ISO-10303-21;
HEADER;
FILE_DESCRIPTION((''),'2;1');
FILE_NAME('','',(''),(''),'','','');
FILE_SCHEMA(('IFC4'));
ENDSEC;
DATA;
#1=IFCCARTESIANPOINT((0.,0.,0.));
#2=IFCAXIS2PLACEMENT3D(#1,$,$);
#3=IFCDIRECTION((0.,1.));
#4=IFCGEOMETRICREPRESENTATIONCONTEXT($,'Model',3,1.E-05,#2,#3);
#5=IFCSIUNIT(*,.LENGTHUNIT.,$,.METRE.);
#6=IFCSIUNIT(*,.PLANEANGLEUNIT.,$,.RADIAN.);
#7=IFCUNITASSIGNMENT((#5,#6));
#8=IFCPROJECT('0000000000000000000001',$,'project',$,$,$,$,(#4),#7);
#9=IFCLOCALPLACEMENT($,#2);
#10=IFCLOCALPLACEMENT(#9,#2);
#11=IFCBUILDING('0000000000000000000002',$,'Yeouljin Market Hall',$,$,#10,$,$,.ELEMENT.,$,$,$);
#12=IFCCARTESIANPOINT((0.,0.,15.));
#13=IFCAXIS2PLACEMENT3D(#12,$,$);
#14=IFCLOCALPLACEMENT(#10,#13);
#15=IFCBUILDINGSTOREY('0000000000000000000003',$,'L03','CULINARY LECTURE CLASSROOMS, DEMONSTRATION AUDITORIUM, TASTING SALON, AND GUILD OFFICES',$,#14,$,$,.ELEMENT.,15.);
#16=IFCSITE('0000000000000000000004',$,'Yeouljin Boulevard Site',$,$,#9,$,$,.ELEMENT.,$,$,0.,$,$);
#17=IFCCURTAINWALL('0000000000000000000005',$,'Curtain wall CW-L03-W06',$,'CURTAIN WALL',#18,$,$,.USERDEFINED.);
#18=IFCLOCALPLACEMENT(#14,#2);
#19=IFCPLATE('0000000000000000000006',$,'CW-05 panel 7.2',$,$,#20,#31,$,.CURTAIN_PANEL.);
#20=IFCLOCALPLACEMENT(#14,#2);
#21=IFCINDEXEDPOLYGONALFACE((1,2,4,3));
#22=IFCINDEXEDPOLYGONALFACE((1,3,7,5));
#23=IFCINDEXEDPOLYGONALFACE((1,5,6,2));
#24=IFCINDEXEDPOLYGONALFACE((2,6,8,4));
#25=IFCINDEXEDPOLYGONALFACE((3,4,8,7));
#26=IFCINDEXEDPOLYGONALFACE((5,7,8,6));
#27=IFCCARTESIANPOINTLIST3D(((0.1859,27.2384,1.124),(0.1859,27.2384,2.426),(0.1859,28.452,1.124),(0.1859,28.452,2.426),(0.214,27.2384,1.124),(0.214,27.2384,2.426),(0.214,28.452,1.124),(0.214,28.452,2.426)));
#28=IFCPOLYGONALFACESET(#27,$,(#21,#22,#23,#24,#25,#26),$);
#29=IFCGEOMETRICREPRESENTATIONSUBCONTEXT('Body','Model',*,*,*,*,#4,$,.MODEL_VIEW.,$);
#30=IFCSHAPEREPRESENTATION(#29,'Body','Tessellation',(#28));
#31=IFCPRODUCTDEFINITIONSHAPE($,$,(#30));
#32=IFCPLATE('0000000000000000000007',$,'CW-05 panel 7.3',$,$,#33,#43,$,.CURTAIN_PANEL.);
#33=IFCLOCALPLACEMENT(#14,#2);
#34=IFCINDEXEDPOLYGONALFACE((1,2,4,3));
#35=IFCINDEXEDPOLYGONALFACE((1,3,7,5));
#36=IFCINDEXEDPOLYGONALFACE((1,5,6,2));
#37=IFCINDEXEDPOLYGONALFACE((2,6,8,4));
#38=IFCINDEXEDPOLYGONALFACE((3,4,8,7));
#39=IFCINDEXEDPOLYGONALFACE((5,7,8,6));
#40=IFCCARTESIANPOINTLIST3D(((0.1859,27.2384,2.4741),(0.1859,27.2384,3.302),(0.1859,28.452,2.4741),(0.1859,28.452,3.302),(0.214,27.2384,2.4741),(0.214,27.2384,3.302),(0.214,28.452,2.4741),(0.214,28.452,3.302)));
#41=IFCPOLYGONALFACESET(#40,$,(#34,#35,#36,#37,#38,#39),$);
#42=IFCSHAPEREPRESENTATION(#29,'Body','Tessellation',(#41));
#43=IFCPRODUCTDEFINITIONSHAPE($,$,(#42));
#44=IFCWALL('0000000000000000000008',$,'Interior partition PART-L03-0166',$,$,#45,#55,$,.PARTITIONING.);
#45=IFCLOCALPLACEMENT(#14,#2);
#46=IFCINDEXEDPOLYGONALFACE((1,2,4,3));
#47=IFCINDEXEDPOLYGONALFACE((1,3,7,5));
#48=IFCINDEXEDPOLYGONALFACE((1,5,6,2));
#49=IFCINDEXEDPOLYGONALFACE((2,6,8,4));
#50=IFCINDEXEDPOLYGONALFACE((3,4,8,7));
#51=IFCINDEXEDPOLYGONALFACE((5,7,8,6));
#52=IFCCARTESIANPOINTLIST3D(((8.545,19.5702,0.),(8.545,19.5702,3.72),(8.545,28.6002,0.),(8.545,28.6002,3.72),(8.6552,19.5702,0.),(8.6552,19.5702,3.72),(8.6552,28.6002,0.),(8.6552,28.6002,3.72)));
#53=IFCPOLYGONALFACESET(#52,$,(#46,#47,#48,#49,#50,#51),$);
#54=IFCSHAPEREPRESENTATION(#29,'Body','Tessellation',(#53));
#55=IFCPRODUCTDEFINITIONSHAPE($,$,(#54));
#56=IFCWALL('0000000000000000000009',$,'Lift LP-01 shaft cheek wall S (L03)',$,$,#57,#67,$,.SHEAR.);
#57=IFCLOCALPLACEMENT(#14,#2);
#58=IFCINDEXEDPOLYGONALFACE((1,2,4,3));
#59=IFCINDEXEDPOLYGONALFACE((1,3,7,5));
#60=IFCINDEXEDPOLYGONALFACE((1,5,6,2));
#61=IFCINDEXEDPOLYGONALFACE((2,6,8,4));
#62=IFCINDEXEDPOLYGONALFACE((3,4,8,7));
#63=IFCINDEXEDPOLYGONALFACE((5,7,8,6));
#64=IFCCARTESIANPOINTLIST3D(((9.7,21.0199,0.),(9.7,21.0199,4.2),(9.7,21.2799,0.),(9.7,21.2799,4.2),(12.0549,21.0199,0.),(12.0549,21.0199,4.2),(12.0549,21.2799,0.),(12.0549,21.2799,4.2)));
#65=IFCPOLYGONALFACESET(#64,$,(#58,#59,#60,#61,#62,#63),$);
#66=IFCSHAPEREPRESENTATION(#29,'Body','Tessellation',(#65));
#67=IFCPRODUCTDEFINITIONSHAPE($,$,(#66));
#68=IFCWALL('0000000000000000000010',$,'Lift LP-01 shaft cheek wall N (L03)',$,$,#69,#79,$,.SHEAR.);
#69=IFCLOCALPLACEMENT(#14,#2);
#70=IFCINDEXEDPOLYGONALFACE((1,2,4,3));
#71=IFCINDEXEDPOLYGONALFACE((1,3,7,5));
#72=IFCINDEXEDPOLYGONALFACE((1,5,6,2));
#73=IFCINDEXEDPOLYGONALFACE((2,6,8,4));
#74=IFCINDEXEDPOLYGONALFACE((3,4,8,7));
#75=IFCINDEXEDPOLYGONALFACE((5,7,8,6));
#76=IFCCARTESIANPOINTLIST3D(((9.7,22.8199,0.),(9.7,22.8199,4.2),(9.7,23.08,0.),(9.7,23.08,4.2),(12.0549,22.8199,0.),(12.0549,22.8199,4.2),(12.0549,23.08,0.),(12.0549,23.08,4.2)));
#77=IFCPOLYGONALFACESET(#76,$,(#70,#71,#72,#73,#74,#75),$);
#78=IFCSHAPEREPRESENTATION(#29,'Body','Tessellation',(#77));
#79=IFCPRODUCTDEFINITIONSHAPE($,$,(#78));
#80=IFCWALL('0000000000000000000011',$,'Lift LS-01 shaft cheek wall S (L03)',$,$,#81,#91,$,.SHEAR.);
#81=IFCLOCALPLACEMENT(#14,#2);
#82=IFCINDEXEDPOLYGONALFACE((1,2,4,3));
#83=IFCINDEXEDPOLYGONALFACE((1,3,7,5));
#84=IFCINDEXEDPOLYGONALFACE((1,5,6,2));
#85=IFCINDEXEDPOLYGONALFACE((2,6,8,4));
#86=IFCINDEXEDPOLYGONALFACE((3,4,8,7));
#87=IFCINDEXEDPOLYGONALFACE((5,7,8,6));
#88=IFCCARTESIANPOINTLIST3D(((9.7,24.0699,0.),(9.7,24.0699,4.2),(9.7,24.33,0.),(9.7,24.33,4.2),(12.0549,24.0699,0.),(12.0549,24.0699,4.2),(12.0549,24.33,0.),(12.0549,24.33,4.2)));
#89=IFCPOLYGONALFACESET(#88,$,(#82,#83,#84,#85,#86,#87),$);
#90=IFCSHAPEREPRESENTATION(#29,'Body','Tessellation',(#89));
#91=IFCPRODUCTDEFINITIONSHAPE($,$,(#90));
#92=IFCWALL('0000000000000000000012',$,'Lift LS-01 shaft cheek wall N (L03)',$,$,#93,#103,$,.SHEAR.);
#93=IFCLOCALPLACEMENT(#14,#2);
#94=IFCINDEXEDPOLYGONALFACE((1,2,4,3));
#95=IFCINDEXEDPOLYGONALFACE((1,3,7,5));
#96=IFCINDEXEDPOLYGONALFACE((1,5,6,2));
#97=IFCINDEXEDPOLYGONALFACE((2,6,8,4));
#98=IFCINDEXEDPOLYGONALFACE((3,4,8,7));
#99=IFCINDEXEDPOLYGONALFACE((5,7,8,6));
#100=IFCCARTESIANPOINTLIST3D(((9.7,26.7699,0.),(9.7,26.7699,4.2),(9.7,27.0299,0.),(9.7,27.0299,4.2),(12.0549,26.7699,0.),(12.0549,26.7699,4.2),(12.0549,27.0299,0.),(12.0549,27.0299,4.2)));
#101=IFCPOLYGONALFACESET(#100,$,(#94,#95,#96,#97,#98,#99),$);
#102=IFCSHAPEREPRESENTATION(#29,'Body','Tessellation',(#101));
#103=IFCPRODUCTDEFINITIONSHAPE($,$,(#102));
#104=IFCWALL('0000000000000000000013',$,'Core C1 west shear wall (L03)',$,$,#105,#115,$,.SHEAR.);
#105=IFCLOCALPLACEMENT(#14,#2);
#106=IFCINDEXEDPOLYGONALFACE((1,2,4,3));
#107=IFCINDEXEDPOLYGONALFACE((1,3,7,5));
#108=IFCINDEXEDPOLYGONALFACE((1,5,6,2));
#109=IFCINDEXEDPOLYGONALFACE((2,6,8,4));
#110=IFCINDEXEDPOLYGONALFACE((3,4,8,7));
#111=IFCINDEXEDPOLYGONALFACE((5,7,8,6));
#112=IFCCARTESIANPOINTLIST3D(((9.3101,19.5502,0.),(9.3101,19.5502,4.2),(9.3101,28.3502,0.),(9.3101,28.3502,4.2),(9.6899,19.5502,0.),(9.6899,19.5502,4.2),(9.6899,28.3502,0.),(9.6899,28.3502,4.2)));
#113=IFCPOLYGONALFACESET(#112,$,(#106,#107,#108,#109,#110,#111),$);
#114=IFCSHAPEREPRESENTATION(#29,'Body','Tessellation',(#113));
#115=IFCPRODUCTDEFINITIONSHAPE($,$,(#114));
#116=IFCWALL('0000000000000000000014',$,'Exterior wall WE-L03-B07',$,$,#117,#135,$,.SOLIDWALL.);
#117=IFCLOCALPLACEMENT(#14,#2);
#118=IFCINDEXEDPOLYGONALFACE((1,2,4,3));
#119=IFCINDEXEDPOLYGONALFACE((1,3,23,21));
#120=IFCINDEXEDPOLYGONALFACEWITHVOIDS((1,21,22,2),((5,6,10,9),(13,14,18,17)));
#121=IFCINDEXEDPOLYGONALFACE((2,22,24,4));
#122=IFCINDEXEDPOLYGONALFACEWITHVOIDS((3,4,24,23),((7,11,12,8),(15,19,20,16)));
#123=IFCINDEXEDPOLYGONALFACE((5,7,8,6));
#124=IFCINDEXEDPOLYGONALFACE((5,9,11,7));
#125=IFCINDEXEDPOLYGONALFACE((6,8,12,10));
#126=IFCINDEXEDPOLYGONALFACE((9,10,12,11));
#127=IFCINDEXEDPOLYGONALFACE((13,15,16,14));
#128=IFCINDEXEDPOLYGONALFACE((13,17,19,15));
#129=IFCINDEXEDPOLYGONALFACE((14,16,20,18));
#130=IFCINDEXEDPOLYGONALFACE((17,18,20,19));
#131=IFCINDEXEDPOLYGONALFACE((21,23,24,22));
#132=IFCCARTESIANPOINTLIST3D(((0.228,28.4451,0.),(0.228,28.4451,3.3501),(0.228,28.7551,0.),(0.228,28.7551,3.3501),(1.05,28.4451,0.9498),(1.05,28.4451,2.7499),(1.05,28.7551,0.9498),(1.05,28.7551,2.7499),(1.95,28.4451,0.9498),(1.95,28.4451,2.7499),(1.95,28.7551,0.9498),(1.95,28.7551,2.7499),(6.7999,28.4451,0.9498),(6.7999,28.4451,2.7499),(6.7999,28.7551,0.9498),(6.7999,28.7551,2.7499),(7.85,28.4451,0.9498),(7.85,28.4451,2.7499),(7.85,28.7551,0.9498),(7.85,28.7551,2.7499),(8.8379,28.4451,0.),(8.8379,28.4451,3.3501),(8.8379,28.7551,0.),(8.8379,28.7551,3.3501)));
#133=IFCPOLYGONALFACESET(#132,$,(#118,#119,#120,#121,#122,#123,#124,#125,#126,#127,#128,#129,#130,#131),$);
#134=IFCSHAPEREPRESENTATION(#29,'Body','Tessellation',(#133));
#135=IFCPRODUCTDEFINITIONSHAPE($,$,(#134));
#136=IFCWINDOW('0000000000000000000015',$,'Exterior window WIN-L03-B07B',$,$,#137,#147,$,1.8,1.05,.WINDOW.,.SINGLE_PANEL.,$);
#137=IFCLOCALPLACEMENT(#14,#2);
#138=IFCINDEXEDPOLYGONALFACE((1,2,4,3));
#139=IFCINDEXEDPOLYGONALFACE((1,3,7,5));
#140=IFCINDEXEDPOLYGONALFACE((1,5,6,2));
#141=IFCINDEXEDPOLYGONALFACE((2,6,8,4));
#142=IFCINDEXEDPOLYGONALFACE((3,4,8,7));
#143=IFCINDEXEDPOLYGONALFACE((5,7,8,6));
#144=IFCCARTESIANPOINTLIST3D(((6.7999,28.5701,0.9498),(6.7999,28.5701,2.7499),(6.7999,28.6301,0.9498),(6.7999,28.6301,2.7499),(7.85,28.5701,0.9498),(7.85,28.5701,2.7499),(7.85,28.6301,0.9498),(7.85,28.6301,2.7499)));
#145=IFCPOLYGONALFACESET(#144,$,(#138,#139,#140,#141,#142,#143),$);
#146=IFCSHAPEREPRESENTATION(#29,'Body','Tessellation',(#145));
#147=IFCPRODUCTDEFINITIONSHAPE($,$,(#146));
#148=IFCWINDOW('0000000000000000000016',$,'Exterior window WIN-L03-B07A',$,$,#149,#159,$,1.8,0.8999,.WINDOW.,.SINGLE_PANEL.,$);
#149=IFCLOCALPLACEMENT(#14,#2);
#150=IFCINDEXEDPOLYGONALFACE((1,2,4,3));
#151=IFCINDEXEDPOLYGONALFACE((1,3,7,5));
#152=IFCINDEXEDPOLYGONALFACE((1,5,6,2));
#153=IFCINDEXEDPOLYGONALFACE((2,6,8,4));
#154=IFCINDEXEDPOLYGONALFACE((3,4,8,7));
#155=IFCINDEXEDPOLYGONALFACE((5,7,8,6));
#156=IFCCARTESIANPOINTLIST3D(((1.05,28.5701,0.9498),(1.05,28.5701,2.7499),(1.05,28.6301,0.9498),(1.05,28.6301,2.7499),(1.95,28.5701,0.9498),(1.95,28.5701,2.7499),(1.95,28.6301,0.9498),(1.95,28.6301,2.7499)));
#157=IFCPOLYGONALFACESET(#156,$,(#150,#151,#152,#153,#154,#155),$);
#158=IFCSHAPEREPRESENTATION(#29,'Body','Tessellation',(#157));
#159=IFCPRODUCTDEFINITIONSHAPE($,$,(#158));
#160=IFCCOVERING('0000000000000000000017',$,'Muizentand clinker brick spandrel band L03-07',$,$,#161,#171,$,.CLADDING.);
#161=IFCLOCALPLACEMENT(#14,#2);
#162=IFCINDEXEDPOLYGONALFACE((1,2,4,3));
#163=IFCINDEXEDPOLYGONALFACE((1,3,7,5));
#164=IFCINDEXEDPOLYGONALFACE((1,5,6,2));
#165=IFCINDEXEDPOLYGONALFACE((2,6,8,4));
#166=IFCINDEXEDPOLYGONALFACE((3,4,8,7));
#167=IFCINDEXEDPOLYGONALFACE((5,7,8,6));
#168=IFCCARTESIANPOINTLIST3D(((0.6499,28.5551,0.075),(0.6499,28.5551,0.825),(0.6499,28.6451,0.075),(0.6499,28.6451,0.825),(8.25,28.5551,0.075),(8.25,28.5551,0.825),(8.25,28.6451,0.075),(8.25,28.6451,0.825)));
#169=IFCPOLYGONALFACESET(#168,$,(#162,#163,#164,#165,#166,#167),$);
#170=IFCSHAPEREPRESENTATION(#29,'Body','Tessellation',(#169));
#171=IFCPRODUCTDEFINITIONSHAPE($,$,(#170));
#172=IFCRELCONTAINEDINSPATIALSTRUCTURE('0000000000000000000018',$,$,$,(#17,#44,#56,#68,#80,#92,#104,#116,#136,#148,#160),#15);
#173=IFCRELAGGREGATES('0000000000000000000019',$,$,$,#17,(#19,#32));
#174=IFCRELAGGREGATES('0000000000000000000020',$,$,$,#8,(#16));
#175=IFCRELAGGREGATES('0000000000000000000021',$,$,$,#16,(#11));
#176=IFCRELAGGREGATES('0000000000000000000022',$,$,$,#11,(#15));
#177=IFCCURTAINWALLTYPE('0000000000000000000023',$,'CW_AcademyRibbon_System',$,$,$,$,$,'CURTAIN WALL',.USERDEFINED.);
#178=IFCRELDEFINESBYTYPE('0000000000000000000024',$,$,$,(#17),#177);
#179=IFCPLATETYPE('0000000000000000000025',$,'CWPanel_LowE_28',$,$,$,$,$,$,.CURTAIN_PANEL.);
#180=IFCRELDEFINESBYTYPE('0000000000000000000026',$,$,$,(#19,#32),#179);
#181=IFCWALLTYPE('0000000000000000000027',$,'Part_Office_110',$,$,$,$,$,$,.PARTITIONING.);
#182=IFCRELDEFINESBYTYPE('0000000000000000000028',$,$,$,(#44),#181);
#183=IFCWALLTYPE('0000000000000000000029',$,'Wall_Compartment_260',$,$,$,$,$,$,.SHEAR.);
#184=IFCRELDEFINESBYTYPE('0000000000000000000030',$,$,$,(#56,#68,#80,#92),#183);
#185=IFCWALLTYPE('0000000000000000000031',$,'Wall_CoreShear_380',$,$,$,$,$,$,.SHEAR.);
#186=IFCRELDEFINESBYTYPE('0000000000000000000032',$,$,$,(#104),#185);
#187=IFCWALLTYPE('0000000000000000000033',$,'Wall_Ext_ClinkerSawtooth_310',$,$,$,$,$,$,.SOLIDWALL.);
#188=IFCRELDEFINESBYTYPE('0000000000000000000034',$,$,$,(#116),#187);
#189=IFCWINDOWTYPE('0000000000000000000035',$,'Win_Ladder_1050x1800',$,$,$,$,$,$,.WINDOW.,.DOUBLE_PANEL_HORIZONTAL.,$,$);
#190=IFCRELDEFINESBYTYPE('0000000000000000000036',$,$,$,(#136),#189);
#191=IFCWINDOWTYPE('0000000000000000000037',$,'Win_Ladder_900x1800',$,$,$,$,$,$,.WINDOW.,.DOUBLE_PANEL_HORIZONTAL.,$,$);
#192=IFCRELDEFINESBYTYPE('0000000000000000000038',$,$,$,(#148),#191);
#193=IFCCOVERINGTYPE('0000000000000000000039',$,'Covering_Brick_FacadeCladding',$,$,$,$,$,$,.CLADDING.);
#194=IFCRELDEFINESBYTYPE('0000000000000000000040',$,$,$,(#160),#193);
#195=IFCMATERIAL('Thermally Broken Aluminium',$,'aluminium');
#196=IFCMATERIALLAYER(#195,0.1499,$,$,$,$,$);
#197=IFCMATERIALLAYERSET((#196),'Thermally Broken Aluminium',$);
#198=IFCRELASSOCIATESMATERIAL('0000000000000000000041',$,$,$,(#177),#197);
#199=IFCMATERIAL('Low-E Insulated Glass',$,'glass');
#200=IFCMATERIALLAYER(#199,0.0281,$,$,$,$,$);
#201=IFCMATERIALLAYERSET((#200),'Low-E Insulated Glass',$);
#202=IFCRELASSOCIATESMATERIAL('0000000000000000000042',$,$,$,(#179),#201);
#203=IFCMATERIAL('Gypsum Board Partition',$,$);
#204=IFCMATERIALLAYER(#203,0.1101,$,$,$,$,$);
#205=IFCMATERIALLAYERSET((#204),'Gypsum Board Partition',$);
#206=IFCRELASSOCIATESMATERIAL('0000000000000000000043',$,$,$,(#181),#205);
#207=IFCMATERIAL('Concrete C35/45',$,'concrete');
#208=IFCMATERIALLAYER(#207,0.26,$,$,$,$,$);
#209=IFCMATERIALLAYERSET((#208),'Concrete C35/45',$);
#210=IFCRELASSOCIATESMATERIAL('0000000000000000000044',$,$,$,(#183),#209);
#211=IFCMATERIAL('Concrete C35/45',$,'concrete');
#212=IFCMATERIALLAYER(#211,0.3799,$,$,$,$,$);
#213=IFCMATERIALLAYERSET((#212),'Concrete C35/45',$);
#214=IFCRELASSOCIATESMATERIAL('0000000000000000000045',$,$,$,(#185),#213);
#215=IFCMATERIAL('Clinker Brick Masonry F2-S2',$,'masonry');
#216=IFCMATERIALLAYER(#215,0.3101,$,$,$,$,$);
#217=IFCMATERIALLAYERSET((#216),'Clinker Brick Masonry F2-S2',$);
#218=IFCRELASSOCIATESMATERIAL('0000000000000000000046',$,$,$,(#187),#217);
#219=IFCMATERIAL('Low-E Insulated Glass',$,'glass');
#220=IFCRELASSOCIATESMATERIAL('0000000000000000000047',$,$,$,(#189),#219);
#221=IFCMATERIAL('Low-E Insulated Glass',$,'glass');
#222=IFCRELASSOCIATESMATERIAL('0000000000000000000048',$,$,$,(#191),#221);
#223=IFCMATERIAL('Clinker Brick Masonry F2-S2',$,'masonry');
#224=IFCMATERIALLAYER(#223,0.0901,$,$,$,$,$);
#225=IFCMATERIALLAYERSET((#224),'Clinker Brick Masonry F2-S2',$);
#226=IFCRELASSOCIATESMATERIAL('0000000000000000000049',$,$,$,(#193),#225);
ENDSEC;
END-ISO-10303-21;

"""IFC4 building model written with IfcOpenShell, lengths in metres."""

from ifc_helpers import new_model, si_unit, direction, frame, frame_2d, origin, origin_2d, place, context, subcontext, project, spatial, rectangle, extrude, material, layer, layer_set, type_object, element, fill, aggregate, save


model = new_model("IFC4")

# Units and contexts
model_context = context("Model", 3, precision=1e-05, world=origin(), true_north=direction((0.0, 1.0)))
body_context = subcontext(model_context, "Body", "Model", "MODEL_VIEW")
ifc_project = project(units=[si_unit("LENGTHUNIT", "METRE"), si_unit("PLANEANGLEUNIT", "RADIAN")], contexts=[model_context])

# Site, building, storey
site_placement = place(None, origin())
site = spatial("IfcSite", under=ifc_project, at=site_placement, Name="Yeouljin Boulevard Site", CompositionType="ELEMENT", RefElevation=0.0)
building_placement = place(site_placement, origin())
building = spatial("IfcBuilding", under=site, at=building_placement, Name="Yeouljin Market Hall", CompositionType="ELEMENT")
storey_placement = place(building_placement, frame((0.0, 0.0, 15.0)))
storey = spatial("IfcBuildingStorey", under=building, at=storey_placement, Name="L03", Description="CULINARY LECTURE CLASSROOMS, DEMONSTRATION AUDITORIUM, TASTING SALON, AND GUILD OFFICES", CompositionType="ELEMENT", Elevation=15.0)

# Curtain wall
ifc_material_1 = material(Name="Thermally Broken Aluminium", Category="aluminium")
ifc_layer_1 = layer(ifc_material_1, 0.1499)
ifc_layer_set_1 = layer_set([ifc_layer_1], Name="Thermally Broken Aluminium")
curtain_wall_type = type_object("IfcCurtainWallType", Name="CW_AcademyRibbon_System", ElementType="CURTAIN WALL", PredefinedType="USERDEFINED", material=ifc_layer_set_1)
curtain_wall_1_placement = place(storey_placement, origin())
curtain_wall_1 = element("IfcCurtainWall", 1, at=curtain_wall_1_placement, inside=storey, type_object=curtain_wall_type, Name="Curtain wall CW-L03-W06", ObjectType="CURTAIN WALL", PredefinedType="USERDEFINED")

# Plates
ifc_material_2 = material(Name="Low-E Insulated Glass", Category="glass")
ifc_layer_2 = layer(ifc_material_2, 0.0281)
ifc_layer_set_2 = layer_set([ifc_layer_2], Name="Low-E Insulated Glass")
plate_type_1 = type_object("IfcPlateType", Name="CWPanel_LowE_28", PredefinedType="CURTAIN_PANEL", material=ifc_layer_set_2)
plate_1_placement = place(storey_placement, frame((0.2, 27.8452, 1.124), z_axis=(0.0, 0.0, 1.0), x_axis=(0.0, 1.0, 0.0)))
plate_1 = element("IfcPlate", 2, at=plate_1_placement, type_object=plate_type_1, Name="CW-05 panel 7.2", PredefinedType="CURTAIN_PANEL", context=body_context, shape_type="SweptSolid", body=[
    extrude(rectangle(XDim=1.2136, YDim=0.0281, at=origin_2d()), origin(), (0.0, 0.0, 1.0), 1.302),
])
plate_2_placement = place(storey_placement, frame((0.2, 27.8452, 2.4741), z_axis=(0.0, 0.0, 1.0), x_axis=(0.0, 1.0, 0.0)))
plate_2 = element("IfcPlate", 3, at=plate_2_placement, type_object=plate_type_1, Name="CW-05 panel 7.3", PredefinedType="CURTAIN_PANEL", context=body_context, shape_type="SweptSolid", body=[
    extrude(rectangle(XDim=1.2136, YDim=0.0281, at=origin_2d()), origin(), (0.0, 0.0, 1.0), 0.8279),
])
aggregate(curtain_wall_1, [plate_1, plate_2])

# Walls
ifc_material_3 = material(Name="Gypsum Board Partition")
ifc_layer_3 = layer(ifc_material_3, 0.1101)
ifc_layer_set_3 = layer_set([ifc_layer_3], Name="Gypsum Board Partition")
wall_type_1 = type_object("IfcWallType", Name="Part_Office_110", PredefinedType="PARTITIONING", material=ifc_layer_set_3)
wall_1_placement = place(storey_placement, frame((8.6001, 19.5701, 0.0), z_axis=(0.0, 0.0, 1.0), x_axis=(0.0, 1.0, 0.0)))
element("IfcWall", 4, at=wall_1_placement, inside=storey, type_object=wall_type_1, Name="Interior partition PART-L03-0166", PredefinedType="PARTITIONING", context=body_context, shape_type="SweptSolid", body=[
    extrude(rectangle(XDim=9.03, YDim=0.1101, at=frame_2d((4.5151, 0.0))), origin(), (0.0, 0.0, 1.0), 3.72),
])
ifc_material_4 = material(Name="Concrete C35/45", Category="concrete")
ifc_layer_4 = layer(ifc_material_4, 0.26)
ifc_layer_set_4 = layer_set([ifc_layer_4], Name="Concrete C35/45")
wall_type_2 = type_object("IfcWallType", Name="Wall_Compartment_260", PredefinedType="SHEAR", material=ifc_layer_set_4)
for number, where, z_axis, x_axis, name in (
    (5, (9.7, 21.1499, 0.0), (0.0, 0.0, 1.0), (1.0, 0.0, 0.0), "Lift LP-01 shaft cheek wall S (L03)"),
    (6, (9.7, 22.95, 0.0), (0.0, 0.0, 1.0), (1.0, 0.0, 0.0), "Lift LP-01 shaft cheek wall N (L03)"),
    (7, (9.7, 24.2, 0.0), (0.0, 0.0, 1.0), (1.0, 0.0, 0.0), "Lift LS-01 shaft cheek wall S (L03)"),
    (8, (9.7, 26.8999, 0.0), (0.0, 0.0, 1.0), (1.0, 0.0, 0.0), "Lift LS-01 shaft cheek wall N (L03)"),
):
    element("IfcWall", number, at=place(storey_placement, frame(where, z_axis=z_axis, x_axis=x_axis)), inside=storey, type_object=wall_type_2, Name=name, PredefinedType="SHEAR", context=body_context, shape_type="SweptSolid", body=[
        extrude(rectangle(XDim=2.355, YDim=0.26, at=frame_2d((1.1775, 0.0))), origin(), (0.0, 0.0, 1.0), 4.2),
    ])

# Shared definitions
ifc_material_5 = material(Name="Concrete C35/45", Category="concrete")
ifc_layer_5 = layer(ifc_material_5, 0.3799)
ifc_layer_set_5 = layer_set([ifc_layer_5], Name="Concrete C35/45")
wall_type_3 = type_object("IfcWallType", Name="Wall_CoreShear_380", PredefinedType="SHEAR", material=ifc_layer_set_5)

# Wall
wall_2_placement = place(storey_placement, frame((9.5, 28.3501, 0.0), z_axis=(0.0, 0.0, 1.0), x_axis=(0.0, -1.0, 0.0)))
element("IfcWall", 9, at=wall_2_placement, inside=storey, type_object=wall_type_3, Name="Core C1 west shear wall (L03)", PredefinedType="SHEAR", context=body_context, shape_type="SweptSolid", body=[
    extrude(rectangle(XDim=8.8, YDim=0.3799, at=frame_2d((4.3999, 0.0))), origin(), (0.0, 0.0, 1.0), 4.2),
])

# Wall, openings, windows
ifc_material_6 = material(Name="Clinker Brick Masonry F2-S2", Category="masonry")
ifc_layer_6 = layer(ifc_material_6, 0.3101)
ifc_layer_set_6 = layer_set([ifc_layer_6], Name="Clinker Brick Masonry F2-S2")
wall_type_4 = type_object("IfcWallType", Name="Wall_Ext_ClinkerSawtooth_310", PredefinedType="SOLIDWALL", material=ifc_layer_set_6)
wall_3_placement = place(storey_placement, frame((0.228, 28.6001, 0.0), z_axis=(0.0, 0.0, 1.0), x_axis=(1.0, 0.0, 0.0)))
wall_3 = element("IfcWall", 10, at=wall_3_placement, inside=storey, type_object=wall_type_4, Name="Exterior wall WE-L03-B07", PredefinedType="SOLIDWALL", context=body_context, shape_type="SweptSolid", body=[
    extrude(rectangle(XDim=8.6099, YDim=0.3101, at=frame_2d((4.3049, 0.0))), origin(), (0.0, 0.0, 1.0), 3.3501),
])
opening_1_placement = place(wall_3_placement, frame((0.822, 0.0, 0.95)))
opening_1 = element("IfcOpeningElement", 11, at=opening_1_placement, cuts=wall_3, PredefinedType="OPENING", context=body_context, shape_type="SweptSolid", body=[
    extrude(rectangle(XDim=0.8999, YDim=1.8, at=frame_2d((0.45, 0.8999))), frame((0.0, 0.165, 0.0), z_axis=(0.0, -1.0, 0.0), x_axis=(1.0, 0.0, 0.0)), (0.0, 0.0, 1.0), 0.3301),
])
opening_2_placement = place(wall_3_placement, frame((6.572, 0.0, 0.95)))
opening_2 = element("IfcOpeningElement", 12, at=opening_2_placement, cuts=wall_3, PredefinedType="OPENING", context=body_context, shape_type="SweptSolid", body=[
    extrude(rectangle(XDim=1.05, YDim=1.8, at=frame_2d((0.5249, 0.8999))), frame((0.0, 0.165, 0.0), z_axis=(0.0, -1.0, 0.0), x_axis=(1.0, 0.0, 0.0)), (0.0, 0.0, 1.0), 0.3301),
])
ifc_material_7 = material(Name="Low-E Insulated Glass", Category="glass")
window_type_1 = type_object("IfcWindowType", Name="Win_Ladder_1050x1800", PartitioningType="DOUBLE_PANEL_HORIZONTAL", PredefinedType="WINDOW", material=ifc_material_7)
window_1_placement = place(opening_2_placement, origin())
window_1 = element("IfcWindow", 13, at=window_1_placement, inside=storey, type_object=window_type_1, Name="Exterior window WIN-L03-B07B", OverallHeight=1.8, OverallWidth=1.05, PartitioningType="SINGLE_PANEL", PredefinedType="WINDOW", context=body_context, shape_type="SweptSolid", body=[
    extrude(rectangle(XDim=1.05, YDim=1.8, at=frame_2d((0.5249, 0.8999))), frame((0.0, 0.03, 0.0), z_axis=(0.0, -1.0, 0.0), x_axis=(1.0, 0.0, 0.0)), (0.0, 0.0, 1.0), 0.0601),
])
fill(opening_2, window_1)
ifc_material_8 = material(Name="Low-E Insulated Glass", Category="glass")
window_type_2 = type_object("IfcWindowType", Name="Win_Ladder_900x1800", PartitioningType="DOUBLE_PANEL_HORIZONTAL", PredefinedType="WINDOW", material=ifc_material_8)
window_2_placement = place(opening_1_placement, origin())
window_2 = element("IfcWindow", 14, at=window_2_placement, inside=storey, type_object=window_type_2, Name="Exterior window WIN-L03-B07A", OverallHeight=1.8, OverallWidth=0.8999, PartitioningType="SINGLE_PANEL", PredefinedType="WINDOW", context=body_context, shape_type="SweptSolid", body=[
    extrude(rectangle(XDim=0.8999, YDim=1.8, at=frame_2d((0.45, 0.8999))), frame((0.0, 0.03, 0.0), z_axis=(0.0, -1.0, 0.0), x_axis=(1.0, 0.0, 0.0)), (0.0, 0.0, 1.0), 0.0601),
])
fill(opening_1, window_2)

# Covering
ifc_material_9 = material(Name="Clinker Brick Masonry F2-S2", Category="masonry")
ifc_layer_7 = layer(ifc_material_9, 0.0901)
ifc_layer_set_7 = layer_set([ifc_layer_7], Name="Clinker Brick Masonry F2-S2")
covering_type = type_object("IfcCoveringType", Name="Covering_Brick_FacadeCladding", PredefinedType="CLADDING", material=ifc_layer_set_7)
covering_placement = place(storey_placement, frame((4.45, 28.6001, 0.075), z_axis=(0.0, 0.0, 1.0), x_axis=(1.0, 0.0, 0.0)))
element("IfcCovering", 15, at=covering_placement, inside=storey, type_object=covering_type, Name="Muizentand clinker brick spandrel band L03-07", PredefinedType="CLADDING", context=body_context, shape_type="SweptSolid", body=[
    extrude(rectangle(XDim=7.6001, YDim=0.0901, at=origin_2d()), origin(), (0.0, 0.0, 1.0), 0.75),
])

save(model, "model.ifc")
